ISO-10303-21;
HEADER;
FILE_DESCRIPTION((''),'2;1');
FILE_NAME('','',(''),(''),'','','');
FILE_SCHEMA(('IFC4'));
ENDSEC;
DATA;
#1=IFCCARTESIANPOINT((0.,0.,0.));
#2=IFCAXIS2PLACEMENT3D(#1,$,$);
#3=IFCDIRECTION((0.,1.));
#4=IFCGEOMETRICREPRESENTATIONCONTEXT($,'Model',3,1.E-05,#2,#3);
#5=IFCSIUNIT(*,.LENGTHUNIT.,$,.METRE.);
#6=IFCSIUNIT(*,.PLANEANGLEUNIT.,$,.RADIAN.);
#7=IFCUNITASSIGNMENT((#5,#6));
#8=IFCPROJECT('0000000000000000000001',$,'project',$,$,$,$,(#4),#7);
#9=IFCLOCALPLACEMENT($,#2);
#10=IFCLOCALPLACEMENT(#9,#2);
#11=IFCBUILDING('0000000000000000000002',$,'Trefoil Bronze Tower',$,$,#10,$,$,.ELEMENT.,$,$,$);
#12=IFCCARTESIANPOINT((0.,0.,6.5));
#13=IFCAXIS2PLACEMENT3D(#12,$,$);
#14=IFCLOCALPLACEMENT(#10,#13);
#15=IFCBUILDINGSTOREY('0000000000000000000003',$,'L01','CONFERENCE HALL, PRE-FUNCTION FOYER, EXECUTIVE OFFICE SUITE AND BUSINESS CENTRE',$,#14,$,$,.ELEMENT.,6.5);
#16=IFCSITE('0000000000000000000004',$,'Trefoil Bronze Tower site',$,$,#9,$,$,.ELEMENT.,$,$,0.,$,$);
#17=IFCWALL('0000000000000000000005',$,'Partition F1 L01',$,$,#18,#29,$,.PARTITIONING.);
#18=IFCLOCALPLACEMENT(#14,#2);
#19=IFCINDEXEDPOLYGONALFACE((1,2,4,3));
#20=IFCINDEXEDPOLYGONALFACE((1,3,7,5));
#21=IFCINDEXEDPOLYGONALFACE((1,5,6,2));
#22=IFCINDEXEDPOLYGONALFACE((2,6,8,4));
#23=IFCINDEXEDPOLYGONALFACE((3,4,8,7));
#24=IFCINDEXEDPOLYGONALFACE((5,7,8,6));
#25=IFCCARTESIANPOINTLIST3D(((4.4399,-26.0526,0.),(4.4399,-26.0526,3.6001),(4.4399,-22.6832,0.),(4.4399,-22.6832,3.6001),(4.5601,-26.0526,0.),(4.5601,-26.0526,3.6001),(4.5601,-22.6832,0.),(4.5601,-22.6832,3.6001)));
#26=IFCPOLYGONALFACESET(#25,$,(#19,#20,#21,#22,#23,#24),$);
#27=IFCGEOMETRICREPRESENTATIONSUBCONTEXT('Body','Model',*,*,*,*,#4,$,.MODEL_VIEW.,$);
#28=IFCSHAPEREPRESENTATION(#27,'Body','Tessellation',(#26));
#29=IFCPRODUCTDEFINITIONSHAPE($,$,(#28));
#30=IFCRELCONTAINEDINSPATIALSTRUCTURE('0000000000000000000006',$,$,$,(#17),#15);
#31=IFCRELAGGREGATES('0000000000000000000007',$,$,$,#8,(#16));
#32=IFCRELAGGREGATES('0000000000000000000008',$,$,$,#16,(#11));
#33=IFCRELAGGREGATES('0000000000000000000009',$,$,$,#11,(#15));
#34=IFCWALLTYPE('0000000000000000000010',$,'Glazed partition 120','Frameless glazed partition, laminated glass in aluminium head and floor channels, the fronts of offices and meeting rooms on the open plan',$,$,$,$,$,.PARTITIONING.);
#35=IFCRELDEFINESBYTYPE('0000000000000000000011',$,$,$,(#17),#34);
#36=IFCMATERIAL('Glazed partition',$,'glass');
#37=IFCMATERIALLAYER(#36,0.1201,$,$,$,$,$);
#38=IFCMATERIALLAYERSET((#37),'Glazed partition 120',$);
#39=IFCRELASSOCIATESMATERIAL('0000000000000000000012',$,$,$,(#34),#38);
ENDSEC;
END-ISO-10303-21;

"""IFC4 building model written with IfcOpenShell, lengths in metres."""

from ifc_helpers import new_model, si_unit, direction, frame, frame_2d, origin, place, context, subcontext, project, spatial, rectangle, extrude, material, layer, layer_set, type_object, element, save


model = new_model("IFC4")

# Units and contexts
model_context = context("Model", 3, precision=1e-05, world=origin(), true_north=direction((0.0, 1.0)))
body_context = subcontext(model_context, "Body", "Model", "MODEL_VIEW")
ifc_project = project(units=[si_unit("LENGTHUNIT", "METRE"), si_unit("PLANEANGLEUNIT", "RADIAN")], contexts=[model_context])

# Site, building, storey
site_placement = place(None, origin())
site = spatial("IfcSite", under=ifc_project, at=site_placement, Name="Trefoil Bronze Tower site", CompositionType="ELEMENT", RefElevation=0.0)
building_placement = place(site_placement, origin())
building = spatial("IfcBuilding", under=site, at=building_placement, Name="Trefoil Bronze Tower", CompositionType="ELEMENT")
storey_placement = place(building_placement, frame((0.0, 0.0, 6.5)))
storey = spatial("IfcBuildingStorey", under=building, at=storey_placement, Name="L01", Description="CONFERENCE HALL, PRE-FUNCTION FOYER, EXECUTIVE OFFICE SUITE AND BUSINESS CENTRE", CompositionType="ELEMENT", Elevation=6.5)

# Shared definitions
ifc_material_1 = material(Name="Glazed partition", Category="glass")
ifc_layer_1 = layer(ifc_material_1, 0.1201)
ifc_layer_set_1 = layer_set([ifc_layer_1], Name="Glazed partition 120")
wall_type = type_object("IfcWallType", Name="Glazed partition 120", Description="Frameless glazed partition, laminated glass in aluminium head and floor channels, the fronts of offices and meeting rooms on the open plan", PredefinedType="PARTITIONING", material=ifc_layer_set_1)

# Wall
wall_1_placement = place(storey_placement, frame((4.5, -22.6833, 0.0), z_axis=(0.0, 0.0, 1.0), x_axis=(0.0, -1.0, 0.0)))
element("IfcWall", 1, at=wall_1_placement, inside=storey, type_object=wall_type, Name="Partition F1 L01", PredefinedType="PARTITIONING", context=body_context, shape_type="SweptSolid", body=[
    extrude(rectangle(XDim=3.3694, YDim=0.1201, at=frame_2d((1.6846, 0.0))), origin(), (0.0, 0.0, 1.0), 3.6001),
])

save(model, "model.ifc")
